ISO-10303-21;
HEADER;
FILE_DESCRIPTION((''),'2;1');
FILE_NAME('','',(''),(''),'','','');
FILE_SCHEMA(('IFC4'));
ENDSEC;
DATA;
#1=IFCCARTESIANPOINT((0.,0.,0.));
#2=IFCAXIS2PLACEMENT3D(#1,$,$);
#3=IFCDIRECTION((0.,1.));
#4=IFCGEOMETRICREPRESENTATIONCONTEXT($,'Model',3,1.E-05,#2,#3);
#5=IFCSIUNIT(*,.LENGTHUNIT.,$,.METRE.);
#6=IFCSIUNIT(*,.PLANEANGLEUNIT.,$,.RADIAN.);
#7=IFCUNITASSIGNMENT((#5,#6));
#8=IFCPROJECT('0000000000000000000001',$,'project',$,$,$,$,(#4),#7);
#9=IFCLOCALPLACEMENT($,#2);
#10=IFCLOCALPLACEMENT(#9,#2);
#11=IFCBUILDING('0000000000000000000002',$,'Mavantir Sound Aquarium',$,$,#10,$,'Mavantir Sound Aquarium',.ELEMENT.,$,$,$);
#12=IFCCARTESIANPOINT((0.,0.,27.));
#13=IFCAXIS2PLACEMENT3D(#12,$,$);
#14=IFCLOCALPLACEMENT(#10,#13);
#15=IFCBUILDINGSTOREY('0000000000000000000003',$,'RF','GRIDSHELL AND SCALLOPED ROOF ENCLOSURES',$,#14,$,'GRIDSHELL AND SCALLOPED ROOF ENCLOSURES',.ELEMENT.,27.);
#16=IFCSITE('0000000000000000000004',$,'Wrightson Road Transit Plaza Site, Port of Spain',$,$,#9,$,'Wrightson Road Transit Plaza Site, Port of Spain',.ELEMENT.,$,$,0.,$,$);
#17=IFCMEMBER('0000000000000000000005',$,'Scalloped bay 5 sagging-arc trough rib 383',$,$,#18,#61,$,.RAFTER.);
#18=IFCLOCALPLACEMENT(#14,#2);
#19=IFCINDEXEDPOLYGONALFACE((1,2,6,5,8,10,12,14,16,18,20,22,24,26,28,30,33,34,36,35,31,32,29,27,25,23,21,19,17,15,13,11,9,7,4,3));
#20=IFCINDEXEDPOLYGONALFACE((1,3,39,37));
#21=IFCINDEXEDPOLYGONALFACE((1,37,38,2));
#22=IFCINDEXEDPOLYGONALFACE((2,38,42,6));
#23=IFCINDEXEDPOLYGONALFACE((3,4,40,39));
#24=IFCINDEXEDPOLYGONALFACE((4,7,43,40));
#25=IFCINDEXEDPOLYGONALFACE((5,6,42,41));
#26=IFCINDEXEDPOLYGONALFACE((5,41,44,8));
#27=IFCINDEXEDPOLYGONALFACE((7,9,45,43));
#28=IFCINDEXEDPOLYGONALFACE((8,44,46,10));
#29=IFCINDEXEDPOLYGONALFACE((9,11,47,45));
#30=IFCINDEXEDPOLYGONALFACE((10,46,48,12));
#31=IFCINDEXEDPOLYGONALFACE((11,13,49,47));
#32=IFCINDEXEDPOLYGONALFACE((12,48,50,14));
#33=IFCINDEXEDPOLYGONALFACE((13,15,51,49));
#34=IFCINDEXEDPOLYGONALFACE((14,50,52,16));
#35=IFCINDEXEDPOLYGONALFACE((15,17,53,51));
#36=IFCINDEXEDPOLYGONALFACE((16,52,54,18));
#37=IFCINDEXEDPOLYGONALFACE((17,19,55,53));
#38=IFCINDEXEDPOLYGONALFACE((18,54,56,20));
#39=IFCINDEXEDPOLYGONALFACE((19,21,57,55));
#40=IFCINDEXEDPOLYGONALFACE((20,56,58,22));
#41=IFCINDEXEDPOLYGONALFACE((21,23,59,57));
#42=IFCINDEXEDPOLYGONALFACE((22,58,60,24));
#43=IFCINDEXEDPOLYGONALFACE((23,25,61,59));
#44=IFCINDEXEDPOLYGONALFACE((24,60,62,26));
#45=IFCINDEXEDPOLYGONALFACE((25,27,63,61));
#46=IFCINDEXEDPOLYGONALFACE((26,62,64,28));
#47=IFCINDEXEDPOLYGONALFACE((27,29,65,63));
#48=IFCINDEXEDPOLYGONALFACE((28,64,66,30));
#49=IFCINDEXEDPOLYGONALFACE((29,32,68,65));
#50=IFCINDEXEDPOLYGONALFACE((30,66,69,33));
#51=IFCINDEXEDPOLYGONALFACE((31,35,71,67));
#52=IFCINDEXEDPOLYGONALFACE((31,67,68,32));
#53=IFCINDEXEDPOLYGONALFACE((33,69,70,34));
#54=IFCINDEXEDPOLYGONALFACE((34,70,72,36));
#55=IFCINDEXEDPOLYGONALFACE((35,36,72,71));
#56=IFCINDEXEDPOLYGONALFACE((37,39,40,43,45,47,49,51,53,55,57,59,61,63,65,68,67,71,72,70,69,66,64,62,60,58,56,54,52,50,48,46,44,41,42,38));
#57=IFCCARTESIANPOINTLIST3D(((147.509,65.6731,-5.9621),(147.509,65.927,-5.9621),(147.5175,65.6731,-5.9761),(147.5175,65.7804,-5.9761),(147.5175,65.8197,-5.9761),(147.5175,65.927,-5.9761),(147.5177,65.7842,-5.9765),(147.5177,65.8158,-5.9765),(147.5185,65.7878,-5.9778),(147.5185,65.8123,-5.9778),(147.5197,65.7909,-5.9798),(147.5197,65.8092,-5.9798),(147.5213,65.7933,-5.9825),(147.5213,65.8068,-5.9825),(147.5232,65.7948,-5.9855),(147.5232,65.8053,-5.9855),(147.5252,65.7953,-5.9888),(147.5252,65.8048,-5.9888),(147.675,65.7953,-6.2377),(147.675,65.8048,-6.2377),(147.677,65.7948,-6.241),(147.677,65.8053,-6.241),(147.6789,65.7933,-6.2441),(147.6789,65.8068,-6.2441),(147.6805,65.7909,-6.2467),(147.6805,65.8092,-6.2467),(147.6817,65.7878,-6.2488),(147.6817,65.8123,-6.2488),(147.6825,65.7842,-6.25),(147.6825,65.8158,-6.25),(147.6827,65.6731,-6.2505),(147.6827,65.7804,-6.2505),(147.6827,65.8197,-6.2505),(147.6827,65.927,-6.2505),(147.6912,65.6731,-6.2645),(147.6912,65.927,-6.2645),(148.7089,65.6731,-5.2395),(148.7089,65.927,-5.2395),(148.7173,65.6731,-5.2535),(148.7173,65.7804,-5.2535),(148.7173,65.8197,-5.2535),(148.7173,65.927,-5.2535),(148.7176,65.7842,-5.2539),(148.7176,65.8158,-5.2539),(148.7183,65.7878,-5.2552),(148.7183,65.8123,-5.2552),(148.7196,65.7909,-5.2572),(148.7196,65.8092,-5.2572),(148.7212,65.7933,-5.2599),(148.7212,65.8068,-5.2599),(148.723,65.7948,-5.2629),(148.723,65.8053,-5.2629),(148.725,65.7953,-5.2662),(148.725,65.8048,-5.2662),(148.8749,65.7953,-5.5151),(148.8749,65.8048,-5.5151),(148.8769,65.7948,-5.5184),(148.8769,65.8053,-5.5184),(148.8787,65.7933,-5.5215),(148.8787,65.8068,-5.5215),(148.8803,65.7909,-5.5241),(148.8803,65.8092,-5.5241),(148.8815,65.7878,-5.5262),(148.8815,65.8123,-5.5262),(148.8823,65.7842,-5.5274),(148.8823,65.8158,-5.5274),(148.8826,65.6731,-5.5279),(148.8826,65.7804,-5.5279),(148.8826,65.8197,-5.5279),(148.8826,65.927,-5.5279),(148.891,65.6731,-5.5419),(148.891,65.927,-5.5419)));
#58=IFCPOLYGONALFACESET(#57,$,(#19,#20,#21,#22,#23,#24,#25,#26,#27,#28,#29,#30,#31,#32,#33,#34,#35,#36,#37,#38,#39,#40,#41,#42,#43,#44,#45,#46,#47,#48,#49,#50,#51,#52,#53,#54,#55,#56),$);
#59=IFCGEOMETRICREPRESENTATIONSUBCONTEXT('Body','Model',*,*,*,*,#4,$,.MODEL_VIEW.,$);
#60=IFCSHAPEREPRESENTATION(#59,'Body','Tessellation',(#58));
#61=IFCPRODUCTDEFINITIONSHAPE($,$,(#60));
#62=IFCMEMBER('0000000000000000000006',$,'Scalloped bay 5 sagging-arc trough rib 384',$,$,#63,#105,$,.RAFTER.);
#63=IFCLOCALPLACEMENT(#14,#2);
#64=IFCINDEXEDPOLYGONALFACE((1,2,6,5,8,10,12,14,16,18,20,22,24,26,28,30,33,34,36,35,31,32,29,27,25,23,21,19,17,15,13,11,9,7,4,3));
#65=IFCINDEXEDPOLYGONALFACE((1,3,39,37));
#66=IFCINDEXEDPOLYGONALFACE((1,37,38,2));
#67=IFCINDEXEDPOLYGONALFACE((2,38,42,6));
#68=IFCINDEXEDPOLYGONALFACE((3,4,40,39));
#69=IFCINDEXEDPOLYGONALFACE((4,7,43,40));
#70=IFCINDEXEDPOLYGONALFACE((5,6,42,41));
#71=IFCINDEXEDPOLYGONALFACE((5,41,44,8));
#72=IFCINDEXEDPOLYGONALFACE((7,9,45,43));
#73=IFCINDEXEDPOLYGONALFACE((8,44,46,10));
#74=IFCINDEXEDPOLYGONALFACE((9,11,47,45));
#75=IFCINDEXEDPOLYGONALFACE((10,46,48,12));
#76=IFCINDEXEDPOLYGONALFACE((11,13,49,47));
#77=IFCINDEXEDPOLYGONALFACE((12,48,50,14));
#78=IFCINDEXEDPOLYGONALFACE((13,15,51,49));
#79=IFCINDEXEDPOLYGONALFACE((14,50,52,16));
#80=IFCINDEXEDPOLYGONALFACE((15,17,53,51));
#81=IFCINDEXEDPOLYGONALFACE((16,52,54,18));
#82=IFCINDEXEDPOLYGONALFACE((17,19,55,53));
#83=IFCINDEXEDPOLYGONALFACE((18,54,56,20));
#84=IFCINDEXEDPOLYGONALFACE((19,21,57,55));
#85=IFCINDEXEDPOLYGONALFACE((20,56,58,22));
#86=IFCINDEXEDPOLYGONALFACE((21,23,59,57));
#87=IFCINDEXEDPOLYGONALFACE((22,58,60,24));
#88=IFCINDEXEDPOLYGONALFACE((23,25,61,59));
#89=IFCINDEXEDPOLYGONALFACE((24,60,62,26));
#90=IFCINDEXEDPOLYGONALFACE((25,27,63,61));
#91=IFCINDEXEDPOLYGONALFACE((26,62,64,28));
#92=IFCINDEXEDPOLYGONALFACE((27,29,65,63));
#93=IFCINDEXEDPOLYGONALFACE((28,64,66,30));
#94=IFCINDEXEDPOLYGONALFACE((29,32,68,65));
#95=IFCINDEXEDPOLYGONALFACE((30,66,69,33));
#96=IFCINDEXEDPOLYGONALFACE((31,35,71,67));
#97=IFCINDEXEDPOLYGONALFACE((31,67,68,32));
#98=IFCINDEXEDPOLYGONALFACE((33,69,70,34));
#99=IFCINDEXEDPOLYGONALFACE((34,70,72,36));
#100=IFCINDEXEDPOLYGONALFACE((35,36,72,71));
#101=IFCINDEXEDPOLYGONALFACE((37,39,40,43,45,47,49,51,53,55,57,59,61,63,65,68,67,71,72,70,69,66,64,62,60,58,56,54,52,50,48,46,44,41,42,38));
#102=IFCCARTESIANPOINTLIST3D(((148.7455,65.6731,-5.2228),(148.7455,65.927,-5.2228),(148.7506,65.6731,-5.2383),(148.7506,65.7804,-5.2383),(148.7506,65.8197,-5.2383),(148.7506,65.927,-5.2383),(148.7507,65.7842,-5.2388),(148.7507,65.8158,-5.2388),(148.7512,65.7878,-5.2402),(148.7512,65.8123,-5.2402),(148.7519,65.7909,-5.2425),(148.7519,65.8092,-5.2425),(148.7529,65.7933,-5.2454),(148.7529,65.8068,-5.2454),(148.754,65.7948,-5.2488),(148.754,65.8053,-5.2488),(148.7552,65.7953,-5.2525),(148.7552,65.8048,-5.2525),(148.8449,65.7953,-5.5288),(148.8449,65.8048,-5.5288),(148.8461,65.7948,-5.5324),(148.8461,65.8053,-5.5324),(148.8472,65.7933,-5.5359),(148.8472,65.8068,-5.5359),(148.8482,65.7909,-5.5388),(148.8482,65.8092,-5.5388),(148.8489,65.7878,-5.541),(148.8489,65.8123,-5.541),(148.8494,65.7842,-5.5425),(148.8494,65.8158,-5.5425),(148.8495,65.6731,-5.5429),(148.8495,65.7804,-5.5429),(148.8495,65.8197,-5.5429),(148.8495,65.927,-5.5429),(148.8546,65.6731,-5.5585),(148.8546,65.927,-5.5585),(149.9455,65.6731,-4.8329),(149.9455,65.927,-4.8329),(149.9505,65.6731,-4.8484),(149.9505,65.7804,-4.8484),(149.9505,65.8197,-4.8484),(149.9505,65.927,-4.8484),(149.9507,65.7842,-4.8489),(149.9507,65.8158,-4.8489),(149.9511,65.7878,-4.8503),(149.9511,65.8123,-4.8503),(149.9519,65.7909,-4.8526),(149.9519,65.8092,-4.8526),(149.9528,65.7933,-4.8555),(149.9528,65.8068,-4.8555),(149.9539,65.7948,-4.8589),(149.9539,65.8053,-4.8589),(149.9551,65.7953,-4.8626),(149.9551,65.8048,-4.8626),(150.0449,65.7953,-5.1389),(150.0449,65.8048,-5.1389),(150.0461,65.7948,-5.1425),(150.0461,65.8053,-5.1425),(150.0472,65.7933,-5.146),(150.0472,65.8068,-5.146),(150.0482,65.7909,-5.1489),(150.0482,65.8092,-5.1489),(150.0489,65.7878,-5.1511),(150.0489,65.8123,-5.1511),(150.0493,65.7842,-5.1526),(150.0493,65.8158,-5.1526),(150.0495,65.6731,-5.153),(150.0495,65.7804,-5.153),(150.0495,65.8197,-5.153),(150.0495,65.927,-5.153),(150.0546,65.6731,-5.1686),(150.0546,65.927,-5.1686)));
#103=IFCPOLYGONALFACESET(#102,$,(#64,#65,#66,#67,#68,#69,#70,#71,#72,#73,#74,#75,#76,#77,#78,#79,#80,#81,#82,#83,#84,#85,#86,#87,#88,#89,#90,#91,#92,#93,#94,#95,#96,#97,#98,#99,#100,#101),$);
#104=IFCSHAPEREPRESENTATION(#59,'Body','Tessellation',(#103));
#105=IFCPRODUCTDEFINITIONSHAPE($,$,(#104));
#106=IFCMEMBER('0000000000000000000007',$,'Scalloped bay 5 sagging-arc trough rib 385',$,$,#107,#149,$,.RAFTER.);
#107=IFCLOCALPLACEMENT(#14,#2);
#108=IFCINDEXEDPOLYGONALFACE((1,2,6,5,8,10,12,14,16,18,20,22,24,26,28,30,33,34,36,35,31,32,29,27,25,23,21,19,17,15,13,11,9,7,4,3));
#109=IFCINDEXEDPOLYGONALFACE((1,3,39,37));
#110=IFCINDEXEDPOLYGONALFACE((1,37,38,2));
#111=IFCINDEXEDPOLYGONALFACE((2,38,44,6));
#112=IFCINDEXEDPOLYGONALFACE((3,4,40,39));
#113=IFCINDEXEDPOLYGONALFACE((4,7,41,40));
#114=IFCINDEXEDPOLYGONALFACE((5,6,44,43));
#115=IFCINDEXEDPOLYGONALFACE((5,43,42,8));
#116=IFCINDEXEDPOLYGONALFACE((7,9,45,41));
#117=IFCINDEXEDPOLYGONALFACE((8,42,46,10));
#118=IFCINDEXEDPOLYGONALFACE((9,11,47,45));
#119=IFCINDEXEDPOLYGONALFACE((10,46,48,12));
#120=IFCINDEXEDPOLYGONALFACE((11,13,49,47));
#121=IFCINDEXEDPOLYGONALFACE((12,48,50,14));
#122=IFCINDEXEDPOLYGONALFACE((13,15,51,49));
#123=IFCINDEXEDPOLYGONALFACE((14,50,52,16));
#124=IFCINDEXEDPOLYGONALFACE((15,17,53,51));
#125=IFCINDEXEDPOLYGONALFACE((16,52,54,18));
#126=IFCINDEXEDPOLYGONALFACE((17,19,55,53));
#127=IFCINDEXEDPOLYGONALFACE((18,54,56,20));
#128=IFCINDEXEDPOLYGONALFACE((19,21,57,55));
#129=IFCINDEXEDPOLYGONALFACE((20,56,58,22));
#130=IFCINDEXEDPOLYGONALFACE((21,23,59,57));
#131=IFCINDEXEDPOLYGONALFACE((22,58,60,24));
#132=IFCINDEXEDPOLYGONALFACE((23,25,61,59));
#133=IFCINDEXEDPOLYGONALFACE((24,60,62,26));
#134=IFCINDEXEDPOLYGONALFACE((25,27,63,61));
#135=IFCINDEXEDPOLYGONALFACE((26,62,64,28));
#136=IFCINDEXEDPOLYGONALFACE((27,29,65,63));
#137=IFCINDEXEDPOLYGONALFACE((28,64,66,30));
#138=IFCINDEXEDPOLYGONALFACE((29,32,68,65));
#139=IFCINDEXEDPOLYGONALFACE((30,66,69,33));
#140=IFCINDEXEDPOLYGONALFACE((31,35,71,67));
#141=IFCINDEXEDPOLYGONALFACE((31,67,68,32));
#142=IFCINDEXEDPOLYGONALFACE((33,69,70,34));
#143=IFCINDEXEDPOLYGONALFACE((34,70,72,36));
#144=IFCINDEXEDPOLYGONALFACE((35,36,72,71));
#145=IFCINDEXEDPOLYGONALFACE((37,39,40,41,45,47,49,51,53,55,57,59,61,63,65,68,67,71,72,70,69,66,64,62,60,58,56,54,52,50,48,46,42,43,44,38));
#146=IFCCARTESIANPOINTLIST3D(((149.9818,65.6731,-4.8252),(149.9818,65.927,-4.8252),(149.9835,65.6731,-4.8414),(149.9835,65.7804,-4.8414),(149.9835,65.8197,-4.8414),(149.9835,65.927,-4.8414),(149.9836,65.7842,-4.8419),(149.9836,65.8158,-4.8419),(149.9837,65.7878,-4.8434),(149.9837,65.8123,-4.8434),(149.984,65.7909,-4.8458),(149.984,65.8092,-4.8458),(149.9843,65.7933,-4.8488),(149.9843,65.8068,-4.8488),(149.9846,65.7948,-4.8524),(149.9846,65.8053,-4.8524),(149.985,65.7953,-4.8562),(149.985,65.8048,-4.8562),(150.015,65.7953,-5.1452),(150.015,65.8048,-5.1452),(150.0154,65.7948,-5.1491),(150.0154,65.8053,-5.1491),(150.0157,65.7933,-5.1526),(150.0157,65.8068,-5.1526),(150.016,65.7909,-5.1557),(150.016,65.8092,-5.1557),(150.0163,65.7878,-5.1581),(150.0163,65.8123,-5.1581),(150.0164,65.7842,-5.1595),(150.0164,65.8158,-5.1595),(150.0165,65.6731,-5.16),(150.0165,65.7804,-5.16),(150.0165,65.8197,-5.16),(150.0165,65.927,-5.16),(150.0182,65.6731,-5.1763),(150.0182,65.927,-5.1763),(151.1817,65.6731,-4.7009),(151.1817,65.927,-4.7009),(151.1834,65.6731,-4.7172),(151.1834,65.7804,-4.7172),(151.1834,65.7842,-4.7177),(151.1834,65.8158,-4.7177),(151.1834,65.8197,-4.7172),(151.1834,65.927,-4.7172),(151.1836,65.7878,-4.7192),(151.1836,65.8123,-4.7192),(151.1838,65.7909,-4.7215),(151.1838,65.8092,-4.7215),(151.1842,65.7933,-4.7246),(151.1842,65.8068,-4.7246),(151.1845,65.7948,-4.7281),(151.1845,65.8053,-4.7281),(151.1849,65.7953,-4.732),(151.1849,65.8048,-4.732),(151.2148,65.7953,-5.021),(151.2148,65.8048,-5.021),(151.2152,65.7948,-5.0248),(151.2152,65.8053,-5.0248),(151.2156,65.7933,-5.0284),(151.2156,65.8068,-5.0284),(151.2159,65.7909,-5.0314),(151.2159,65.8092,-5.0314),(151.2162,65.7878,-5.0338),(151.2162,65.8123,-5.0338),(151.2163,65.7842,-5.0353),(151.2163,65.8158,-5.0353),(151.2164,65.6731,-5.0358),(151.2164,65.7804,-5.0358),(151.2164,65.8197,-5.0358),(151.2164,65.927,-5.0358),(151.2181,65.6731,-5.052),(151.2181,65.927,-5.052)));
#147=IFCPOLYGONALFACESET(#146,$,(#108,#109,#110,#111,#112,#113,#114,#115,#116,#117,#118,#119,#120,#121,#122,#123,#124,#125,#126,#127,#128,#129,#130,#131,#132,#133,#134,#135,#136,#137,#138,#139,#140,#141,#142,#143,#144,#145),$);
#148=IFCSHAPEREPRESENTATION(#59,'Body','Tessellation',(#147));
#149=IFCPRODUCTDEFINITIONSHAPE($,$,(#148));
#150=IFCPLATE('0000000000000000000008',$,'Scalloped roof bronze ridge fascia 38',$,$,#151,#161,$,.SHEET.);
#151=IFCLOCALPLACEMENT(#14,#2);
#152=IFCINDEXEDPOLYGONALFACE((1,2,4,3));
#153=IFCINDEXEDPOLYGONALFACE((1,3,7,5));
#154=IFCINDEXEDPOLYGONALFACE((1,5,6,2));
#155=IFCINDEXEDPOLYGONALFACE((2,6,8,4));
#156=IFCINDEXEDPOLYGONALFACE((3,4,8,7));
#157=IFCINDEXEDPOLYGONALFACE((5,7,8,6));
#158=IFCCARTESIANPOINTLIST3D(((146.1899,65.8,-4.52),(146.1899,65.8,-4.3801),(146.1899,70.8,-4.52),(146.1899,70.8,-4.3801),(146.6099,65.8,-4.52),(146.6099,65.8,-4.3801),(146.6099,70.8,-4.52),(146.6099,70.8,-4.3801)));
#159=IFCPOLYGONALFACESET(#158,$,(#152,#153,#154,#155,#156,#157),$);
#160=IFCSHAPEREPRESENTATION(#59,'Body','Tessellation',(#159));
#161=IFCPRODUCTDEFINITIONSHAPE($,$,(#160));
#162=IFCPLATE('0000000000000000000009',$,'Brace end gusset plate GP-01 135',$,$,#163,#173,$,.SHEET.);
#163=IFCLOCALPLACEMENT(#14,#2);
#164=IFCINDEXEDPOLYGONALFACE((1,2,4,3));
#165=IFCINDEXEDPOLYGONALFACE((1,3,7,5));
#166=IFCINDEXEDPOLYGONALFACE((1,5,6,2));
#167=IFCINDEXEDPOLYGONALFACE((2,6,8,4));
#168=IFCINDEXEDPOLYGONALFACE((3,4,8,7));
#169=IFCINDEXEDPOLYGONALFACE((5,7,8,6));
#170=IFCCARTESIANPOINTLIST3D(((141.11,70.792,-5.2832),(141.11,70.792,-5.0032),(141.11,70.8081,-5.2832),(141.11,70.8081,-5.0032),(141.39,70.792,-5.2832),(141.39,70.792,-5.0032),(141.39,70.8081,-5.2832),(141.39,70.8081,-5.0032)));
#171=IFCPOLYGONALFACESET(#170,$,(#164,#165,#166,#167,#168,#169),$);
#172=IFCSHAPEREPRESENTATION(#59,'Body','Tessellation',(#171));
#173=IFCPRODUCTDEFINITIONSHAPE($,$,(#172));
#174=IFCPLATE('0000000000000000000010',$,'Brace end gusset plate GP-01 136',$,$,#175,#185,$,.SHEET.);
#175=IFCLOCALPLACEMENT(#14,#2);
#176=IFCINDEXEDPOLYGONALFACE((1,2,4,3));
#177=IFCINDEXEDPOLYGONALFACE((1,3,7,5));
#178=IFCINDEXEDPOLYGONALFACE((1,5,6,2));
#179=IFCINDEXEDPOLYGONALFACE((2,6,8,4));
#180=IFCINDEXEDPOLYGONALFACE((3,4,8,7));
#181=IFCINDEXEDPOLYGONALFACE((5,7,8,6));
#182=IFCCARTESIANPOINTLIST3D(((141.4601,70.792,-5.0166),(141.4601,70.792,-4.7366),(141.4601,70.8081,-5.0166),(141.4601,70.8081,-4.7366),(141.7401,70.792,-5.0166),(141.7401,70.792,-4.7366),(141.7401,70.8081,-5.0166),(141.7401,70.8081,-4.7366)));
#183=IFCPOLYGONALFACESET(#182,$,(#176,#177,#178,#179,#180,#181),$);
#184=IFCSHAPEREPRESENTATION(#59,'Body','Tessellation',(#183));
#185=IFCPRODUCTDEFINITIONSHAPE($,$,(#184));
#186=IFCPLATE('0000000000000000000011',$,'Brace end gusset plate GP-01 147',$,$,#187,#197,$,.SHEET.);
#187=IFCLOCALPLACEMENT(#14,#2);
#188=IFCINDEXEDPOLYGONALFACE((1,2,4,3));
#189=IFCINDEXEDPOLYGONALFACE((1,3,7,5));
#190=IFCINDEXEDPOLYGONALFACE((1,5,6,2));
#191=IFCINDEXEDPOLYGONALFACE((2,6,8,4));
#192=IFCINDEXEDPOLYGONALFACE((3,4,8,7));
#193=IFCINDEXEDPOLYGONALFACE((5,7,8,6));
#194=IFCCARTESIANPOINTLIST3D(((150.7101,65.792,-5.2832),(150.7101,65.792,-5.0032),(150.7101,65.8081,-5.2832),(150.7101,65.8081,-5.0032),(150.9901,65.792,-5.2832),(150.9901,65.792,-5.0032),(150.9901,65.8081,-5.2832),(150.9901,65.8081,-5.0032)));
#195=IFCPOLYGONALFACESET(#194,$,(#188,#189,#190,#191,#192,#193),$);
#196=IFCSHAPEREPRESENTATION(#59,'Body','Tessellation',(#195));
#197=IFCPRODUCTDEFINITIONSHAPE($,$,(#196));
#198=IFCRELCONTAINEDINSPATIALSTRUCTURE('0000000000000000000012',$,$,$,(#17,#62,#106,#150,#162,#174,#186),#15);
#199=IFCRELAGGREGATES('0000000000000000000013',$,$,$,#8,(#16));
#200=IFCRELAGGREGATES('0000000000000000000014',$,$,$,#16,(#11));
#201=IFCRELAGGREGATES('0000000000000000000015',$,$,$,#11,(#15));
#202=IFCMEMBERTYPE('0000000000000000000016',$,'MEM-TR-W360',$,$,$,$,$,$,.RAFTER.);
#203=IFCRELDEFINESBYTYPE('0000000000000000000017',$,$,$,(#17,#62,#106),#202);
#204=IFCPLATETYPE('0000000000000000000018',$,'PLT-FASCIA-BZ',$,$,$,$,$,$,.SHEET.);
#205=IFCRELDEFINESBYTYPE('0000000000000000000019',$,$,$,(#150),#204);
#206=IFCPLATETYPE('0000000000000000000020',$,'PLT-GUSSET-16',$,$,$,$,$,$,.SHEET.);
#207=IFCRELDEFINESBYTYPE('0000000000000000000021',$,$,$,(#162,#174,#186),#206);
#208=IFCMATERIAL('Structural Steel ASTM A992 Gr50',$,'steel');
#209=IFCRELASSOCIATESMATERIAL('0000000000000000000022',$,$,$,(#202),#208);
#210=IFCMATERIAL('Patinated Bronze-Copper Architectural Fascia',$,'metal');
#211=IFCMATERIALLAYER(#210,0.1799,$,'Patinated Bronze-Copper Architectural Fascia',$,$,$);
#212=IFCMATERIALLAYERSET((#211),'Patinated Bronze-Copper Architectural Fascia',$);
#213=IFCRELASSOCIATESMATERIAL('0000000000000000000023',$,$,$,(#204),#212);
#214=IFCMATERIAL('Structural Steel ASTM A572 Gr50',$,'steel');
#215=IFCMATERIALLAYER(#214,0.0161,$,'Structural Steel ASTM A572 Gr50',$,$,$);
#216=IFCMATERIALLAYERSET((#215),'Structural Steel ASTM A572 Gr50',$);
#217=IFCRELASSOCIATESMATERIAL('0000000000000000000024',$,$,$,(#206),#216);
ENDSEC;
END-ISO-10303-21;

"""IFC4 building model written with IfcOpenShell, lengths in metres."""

from ifc_helpers import new_model, si_unit, direction, frame, origin, origin_2d, place, context, subcontext, project, spatial, rectangle, i_section, extrude, material, layer, layer_set, material_profile, profile_set, type_object, element, save


model = new_model("IFC4")

# Units and contexts
model_context = context("Model", 3, precision=1e-05, world=origin(), true_north=direction((0.0, 1.0)))
body_context = subcontext(model_context, "Body", "Model", "MODEL_VIEW")
ifc_project = project(units=[si_unit("LENGTHUNIT", "METRE"), si_unit("PLANEANGLEUNIT", "RADIAN")], contexts=[model_context])

# Site, building, storey
site_placement = place(None, origin())
site = spatial("IfcSite", under=ifc_project, at=site_placement, Name="Wrightson Road Transit Plaza Site, Port of Spain", LongName="Wrightson Road Transit Plaza Site, Port of Spain", CompositionType="ELEMENT", RefElevation=0.0)
building_placement = place(site_placement, origin())
building = spatial("IfcBuilding", under=site, at=building_placement, Name="Mavantir Sound Aquarium", LongName="Mavantir Sound Aquarium", CompositionType="ELEMENT")
storey_placement = place(building_placement, frame((0.0, 0.0, 27.0)))
storey = spatial("IfcBuildingStorey", under=building, at=storey_placement, Name="RF", Description="GRIDSHELL AND SCALLOPED ROOF ENCLOSURES", LongName="GRIDSHELL AND SCALLOPED ROOF ENCLOSURES", CompositionType="ELEMENT", Elevation=27.0)

# Shared definitions
ifc_material_1 = material(Name="Structural Steel ASTM A992 Gr50", Category="steel")

# Members
ifc_material_profile_1 = material_profile(ifc_material_1, i_section(OverallWidth=0.2539, OverallDepth=0.353, WebThickness=0.0095, FlangeThickness=0.0164, FilletRadius=0.0149, at=origin_2d()), Name="W360X91")
ifc_profile_set_1 = profile_set([ifc_material_profile_1], Name="Structural Steel ASTM A992 Gr50")
member_type_1 = type_object("IfcMemberType", Name="MEM-TR-W360", PredefinedType="RAFTER", material=ifc_profile_set_1)
member_1_placement = place(storey_placement, frame((147.6001, 65.8, -6.1133), z_axis=(0.856646, 0.0, 0.515905), x_axis=(0.0, 1.0, 0.0)))
element("IfcMember", 1, at=member_1_placement, inside=storey, type_object=member_type_1, Name="Scalloped bay 5 sagging-arc trough rib 383", PredefinedType="RAFTER", context=body_context, shape_type="SweptSolid", body=[
    extrude(i_section(OverallWidth=0.2539, OverallDepth=0.353, WebThickness=0.0095, FlangeThickness=0.0164, FilletRadius=0.0149, at=origin_2d()), origin(), (0.0, 0.0, 1.0), 1.4006),
])
member_2_placement = place(storey_placement, frame((148.8, 65.8, -5.3906), z_axis=(0.951055, 0.0, 0.30902), x_axis=(0.0, 1.0, 0.0)))
element("IfcMember", 2, at=member_2_placement, inside=storey, type_object=member_type_1, Name="Scalloped bay 5 sagging-arc trough rib 384", PredefinedType="RAFTER", context=body_context, shape_type="SweptSolid", body=[
    extrude(i_section(OverallWidth=0.2539, OverallDepth=0.353, WebThickness=0.0095, FlangeThickness=0.0164, FilletRadius=0.0149, at=origin_2d()), origin(), (0.0, 0.0, 1.0), 1.2617),
])
member_3_placement = place(storey_placement, frame((150.0, 65.8, -5.0007), z_axis=(0.99468, 0.0, 0.10301), x_axis=(0.0, 1.0, 0.0)))
element("IfcMember", 3, at=member_3_placement, inside=storey, type_object=member_type_1, Name="Scalloped bay 5 sagging-arc trough rib 385", PredefinedType="RAFTER", context=body_context, shape_type="SweptSolid", body=[
    extrude(i_section(OverallWidth=0.2539, OverallDepth=0.353, WebThickness=0.0095, FlangeThickness=0.0164, FilletRadius=0.0149, at=origin_2d()), origin(), (0.0, 0.0, 1.0), 1.2063),
])

# Plates
ifc_material_2 = material(Name="Patinated Bronze-Copper Architectural Fascia", Category="metal")
ifc_layer_1 = layer(ifc_material_2, 0.1799, Name="Patinated Bronze-Copper Architectural Fascia")
ifc_layer_set_1 = layer_set([ifc_layer_1], Name="Patinated Bronze-Copper Architectural Fascia")
plate_type_1 = type_object("IfcPlateType", Name="PLT-FASCIA-BZ", PredefinedType="SHEET", material=ifc_layer_set_1)
plate_placement = place(storey_placement, frame((146.3999, 68.3, -4.52), z_axis=(0.0, 0.0, 1.0), x_axis=(1.0, 0.0, 0.0)))
element("IfcPlate", 4, at=plate_placement, inside=storey, type_object=plate_type_1, Name="Scalloped roof bronze ridge fascia 38", PredefinedType="SHEET", context=body_context, shape_type="SweptSolid", body=[
    extrude(rectangle(XDim=0.4199, YDim=5.0, at=origin_2d()), origin(), (0.0, 0.0, 1.0), 0.1399),
])
ifc_material_3 = material(Name="Structural Steel ASTM A572 Gr50", Category="steel")
ifc_layer_2 = layer(ifc_material_3, 0.0161, Name="Structural Steel ASTM A572 Gr50")
ifc_layer_set_2 = layer_set([ifc_layer_2], Name="Structural Steel ASTM A572 Gr50")
plate_type_2 = type_object("IfcPlateType", Name="PLT-GUSSET-16", PredefinedType="SHEET", material=ifc_layer_set_2)
for number, where, z_axis, x_axis, name in (
    (5, (141.25, 70.8, -5.2832), (0.0, 0.0, 1.0), (1.0, 0.0, 0.0), "Brace end gusset plate GP-01 135"),
    (6, (141.6001, 70.8, -5.0166), (0.0, 0.0, 1.0), (1.0, 0.0, 0.0), "Brace end gusset plate GP-01 136"),
    (7, (150.8501, 65.8, -5.2832), (0.0, 0.0, 1.0), (1.0, 0.0, 0.0), "Brace end gusset plate GP-01 147"),
):
    element("IfcPlate", number, at=place(storey_placement, frame(where, z_axis=z_axis, x_axis=x_axis)), inside=storey, type_object=plate_type_2, Name=name, PredefinedType="SHEET", context=body_context, shape_type="SweptSolid", body=[
        extrude(rectangle(XDim=0.28, YDim=0.0161, at=origin_2d()), origin(), (0.0, 0.0, 1.0), 0.28),
    ])

save(model, "model.ifc")
